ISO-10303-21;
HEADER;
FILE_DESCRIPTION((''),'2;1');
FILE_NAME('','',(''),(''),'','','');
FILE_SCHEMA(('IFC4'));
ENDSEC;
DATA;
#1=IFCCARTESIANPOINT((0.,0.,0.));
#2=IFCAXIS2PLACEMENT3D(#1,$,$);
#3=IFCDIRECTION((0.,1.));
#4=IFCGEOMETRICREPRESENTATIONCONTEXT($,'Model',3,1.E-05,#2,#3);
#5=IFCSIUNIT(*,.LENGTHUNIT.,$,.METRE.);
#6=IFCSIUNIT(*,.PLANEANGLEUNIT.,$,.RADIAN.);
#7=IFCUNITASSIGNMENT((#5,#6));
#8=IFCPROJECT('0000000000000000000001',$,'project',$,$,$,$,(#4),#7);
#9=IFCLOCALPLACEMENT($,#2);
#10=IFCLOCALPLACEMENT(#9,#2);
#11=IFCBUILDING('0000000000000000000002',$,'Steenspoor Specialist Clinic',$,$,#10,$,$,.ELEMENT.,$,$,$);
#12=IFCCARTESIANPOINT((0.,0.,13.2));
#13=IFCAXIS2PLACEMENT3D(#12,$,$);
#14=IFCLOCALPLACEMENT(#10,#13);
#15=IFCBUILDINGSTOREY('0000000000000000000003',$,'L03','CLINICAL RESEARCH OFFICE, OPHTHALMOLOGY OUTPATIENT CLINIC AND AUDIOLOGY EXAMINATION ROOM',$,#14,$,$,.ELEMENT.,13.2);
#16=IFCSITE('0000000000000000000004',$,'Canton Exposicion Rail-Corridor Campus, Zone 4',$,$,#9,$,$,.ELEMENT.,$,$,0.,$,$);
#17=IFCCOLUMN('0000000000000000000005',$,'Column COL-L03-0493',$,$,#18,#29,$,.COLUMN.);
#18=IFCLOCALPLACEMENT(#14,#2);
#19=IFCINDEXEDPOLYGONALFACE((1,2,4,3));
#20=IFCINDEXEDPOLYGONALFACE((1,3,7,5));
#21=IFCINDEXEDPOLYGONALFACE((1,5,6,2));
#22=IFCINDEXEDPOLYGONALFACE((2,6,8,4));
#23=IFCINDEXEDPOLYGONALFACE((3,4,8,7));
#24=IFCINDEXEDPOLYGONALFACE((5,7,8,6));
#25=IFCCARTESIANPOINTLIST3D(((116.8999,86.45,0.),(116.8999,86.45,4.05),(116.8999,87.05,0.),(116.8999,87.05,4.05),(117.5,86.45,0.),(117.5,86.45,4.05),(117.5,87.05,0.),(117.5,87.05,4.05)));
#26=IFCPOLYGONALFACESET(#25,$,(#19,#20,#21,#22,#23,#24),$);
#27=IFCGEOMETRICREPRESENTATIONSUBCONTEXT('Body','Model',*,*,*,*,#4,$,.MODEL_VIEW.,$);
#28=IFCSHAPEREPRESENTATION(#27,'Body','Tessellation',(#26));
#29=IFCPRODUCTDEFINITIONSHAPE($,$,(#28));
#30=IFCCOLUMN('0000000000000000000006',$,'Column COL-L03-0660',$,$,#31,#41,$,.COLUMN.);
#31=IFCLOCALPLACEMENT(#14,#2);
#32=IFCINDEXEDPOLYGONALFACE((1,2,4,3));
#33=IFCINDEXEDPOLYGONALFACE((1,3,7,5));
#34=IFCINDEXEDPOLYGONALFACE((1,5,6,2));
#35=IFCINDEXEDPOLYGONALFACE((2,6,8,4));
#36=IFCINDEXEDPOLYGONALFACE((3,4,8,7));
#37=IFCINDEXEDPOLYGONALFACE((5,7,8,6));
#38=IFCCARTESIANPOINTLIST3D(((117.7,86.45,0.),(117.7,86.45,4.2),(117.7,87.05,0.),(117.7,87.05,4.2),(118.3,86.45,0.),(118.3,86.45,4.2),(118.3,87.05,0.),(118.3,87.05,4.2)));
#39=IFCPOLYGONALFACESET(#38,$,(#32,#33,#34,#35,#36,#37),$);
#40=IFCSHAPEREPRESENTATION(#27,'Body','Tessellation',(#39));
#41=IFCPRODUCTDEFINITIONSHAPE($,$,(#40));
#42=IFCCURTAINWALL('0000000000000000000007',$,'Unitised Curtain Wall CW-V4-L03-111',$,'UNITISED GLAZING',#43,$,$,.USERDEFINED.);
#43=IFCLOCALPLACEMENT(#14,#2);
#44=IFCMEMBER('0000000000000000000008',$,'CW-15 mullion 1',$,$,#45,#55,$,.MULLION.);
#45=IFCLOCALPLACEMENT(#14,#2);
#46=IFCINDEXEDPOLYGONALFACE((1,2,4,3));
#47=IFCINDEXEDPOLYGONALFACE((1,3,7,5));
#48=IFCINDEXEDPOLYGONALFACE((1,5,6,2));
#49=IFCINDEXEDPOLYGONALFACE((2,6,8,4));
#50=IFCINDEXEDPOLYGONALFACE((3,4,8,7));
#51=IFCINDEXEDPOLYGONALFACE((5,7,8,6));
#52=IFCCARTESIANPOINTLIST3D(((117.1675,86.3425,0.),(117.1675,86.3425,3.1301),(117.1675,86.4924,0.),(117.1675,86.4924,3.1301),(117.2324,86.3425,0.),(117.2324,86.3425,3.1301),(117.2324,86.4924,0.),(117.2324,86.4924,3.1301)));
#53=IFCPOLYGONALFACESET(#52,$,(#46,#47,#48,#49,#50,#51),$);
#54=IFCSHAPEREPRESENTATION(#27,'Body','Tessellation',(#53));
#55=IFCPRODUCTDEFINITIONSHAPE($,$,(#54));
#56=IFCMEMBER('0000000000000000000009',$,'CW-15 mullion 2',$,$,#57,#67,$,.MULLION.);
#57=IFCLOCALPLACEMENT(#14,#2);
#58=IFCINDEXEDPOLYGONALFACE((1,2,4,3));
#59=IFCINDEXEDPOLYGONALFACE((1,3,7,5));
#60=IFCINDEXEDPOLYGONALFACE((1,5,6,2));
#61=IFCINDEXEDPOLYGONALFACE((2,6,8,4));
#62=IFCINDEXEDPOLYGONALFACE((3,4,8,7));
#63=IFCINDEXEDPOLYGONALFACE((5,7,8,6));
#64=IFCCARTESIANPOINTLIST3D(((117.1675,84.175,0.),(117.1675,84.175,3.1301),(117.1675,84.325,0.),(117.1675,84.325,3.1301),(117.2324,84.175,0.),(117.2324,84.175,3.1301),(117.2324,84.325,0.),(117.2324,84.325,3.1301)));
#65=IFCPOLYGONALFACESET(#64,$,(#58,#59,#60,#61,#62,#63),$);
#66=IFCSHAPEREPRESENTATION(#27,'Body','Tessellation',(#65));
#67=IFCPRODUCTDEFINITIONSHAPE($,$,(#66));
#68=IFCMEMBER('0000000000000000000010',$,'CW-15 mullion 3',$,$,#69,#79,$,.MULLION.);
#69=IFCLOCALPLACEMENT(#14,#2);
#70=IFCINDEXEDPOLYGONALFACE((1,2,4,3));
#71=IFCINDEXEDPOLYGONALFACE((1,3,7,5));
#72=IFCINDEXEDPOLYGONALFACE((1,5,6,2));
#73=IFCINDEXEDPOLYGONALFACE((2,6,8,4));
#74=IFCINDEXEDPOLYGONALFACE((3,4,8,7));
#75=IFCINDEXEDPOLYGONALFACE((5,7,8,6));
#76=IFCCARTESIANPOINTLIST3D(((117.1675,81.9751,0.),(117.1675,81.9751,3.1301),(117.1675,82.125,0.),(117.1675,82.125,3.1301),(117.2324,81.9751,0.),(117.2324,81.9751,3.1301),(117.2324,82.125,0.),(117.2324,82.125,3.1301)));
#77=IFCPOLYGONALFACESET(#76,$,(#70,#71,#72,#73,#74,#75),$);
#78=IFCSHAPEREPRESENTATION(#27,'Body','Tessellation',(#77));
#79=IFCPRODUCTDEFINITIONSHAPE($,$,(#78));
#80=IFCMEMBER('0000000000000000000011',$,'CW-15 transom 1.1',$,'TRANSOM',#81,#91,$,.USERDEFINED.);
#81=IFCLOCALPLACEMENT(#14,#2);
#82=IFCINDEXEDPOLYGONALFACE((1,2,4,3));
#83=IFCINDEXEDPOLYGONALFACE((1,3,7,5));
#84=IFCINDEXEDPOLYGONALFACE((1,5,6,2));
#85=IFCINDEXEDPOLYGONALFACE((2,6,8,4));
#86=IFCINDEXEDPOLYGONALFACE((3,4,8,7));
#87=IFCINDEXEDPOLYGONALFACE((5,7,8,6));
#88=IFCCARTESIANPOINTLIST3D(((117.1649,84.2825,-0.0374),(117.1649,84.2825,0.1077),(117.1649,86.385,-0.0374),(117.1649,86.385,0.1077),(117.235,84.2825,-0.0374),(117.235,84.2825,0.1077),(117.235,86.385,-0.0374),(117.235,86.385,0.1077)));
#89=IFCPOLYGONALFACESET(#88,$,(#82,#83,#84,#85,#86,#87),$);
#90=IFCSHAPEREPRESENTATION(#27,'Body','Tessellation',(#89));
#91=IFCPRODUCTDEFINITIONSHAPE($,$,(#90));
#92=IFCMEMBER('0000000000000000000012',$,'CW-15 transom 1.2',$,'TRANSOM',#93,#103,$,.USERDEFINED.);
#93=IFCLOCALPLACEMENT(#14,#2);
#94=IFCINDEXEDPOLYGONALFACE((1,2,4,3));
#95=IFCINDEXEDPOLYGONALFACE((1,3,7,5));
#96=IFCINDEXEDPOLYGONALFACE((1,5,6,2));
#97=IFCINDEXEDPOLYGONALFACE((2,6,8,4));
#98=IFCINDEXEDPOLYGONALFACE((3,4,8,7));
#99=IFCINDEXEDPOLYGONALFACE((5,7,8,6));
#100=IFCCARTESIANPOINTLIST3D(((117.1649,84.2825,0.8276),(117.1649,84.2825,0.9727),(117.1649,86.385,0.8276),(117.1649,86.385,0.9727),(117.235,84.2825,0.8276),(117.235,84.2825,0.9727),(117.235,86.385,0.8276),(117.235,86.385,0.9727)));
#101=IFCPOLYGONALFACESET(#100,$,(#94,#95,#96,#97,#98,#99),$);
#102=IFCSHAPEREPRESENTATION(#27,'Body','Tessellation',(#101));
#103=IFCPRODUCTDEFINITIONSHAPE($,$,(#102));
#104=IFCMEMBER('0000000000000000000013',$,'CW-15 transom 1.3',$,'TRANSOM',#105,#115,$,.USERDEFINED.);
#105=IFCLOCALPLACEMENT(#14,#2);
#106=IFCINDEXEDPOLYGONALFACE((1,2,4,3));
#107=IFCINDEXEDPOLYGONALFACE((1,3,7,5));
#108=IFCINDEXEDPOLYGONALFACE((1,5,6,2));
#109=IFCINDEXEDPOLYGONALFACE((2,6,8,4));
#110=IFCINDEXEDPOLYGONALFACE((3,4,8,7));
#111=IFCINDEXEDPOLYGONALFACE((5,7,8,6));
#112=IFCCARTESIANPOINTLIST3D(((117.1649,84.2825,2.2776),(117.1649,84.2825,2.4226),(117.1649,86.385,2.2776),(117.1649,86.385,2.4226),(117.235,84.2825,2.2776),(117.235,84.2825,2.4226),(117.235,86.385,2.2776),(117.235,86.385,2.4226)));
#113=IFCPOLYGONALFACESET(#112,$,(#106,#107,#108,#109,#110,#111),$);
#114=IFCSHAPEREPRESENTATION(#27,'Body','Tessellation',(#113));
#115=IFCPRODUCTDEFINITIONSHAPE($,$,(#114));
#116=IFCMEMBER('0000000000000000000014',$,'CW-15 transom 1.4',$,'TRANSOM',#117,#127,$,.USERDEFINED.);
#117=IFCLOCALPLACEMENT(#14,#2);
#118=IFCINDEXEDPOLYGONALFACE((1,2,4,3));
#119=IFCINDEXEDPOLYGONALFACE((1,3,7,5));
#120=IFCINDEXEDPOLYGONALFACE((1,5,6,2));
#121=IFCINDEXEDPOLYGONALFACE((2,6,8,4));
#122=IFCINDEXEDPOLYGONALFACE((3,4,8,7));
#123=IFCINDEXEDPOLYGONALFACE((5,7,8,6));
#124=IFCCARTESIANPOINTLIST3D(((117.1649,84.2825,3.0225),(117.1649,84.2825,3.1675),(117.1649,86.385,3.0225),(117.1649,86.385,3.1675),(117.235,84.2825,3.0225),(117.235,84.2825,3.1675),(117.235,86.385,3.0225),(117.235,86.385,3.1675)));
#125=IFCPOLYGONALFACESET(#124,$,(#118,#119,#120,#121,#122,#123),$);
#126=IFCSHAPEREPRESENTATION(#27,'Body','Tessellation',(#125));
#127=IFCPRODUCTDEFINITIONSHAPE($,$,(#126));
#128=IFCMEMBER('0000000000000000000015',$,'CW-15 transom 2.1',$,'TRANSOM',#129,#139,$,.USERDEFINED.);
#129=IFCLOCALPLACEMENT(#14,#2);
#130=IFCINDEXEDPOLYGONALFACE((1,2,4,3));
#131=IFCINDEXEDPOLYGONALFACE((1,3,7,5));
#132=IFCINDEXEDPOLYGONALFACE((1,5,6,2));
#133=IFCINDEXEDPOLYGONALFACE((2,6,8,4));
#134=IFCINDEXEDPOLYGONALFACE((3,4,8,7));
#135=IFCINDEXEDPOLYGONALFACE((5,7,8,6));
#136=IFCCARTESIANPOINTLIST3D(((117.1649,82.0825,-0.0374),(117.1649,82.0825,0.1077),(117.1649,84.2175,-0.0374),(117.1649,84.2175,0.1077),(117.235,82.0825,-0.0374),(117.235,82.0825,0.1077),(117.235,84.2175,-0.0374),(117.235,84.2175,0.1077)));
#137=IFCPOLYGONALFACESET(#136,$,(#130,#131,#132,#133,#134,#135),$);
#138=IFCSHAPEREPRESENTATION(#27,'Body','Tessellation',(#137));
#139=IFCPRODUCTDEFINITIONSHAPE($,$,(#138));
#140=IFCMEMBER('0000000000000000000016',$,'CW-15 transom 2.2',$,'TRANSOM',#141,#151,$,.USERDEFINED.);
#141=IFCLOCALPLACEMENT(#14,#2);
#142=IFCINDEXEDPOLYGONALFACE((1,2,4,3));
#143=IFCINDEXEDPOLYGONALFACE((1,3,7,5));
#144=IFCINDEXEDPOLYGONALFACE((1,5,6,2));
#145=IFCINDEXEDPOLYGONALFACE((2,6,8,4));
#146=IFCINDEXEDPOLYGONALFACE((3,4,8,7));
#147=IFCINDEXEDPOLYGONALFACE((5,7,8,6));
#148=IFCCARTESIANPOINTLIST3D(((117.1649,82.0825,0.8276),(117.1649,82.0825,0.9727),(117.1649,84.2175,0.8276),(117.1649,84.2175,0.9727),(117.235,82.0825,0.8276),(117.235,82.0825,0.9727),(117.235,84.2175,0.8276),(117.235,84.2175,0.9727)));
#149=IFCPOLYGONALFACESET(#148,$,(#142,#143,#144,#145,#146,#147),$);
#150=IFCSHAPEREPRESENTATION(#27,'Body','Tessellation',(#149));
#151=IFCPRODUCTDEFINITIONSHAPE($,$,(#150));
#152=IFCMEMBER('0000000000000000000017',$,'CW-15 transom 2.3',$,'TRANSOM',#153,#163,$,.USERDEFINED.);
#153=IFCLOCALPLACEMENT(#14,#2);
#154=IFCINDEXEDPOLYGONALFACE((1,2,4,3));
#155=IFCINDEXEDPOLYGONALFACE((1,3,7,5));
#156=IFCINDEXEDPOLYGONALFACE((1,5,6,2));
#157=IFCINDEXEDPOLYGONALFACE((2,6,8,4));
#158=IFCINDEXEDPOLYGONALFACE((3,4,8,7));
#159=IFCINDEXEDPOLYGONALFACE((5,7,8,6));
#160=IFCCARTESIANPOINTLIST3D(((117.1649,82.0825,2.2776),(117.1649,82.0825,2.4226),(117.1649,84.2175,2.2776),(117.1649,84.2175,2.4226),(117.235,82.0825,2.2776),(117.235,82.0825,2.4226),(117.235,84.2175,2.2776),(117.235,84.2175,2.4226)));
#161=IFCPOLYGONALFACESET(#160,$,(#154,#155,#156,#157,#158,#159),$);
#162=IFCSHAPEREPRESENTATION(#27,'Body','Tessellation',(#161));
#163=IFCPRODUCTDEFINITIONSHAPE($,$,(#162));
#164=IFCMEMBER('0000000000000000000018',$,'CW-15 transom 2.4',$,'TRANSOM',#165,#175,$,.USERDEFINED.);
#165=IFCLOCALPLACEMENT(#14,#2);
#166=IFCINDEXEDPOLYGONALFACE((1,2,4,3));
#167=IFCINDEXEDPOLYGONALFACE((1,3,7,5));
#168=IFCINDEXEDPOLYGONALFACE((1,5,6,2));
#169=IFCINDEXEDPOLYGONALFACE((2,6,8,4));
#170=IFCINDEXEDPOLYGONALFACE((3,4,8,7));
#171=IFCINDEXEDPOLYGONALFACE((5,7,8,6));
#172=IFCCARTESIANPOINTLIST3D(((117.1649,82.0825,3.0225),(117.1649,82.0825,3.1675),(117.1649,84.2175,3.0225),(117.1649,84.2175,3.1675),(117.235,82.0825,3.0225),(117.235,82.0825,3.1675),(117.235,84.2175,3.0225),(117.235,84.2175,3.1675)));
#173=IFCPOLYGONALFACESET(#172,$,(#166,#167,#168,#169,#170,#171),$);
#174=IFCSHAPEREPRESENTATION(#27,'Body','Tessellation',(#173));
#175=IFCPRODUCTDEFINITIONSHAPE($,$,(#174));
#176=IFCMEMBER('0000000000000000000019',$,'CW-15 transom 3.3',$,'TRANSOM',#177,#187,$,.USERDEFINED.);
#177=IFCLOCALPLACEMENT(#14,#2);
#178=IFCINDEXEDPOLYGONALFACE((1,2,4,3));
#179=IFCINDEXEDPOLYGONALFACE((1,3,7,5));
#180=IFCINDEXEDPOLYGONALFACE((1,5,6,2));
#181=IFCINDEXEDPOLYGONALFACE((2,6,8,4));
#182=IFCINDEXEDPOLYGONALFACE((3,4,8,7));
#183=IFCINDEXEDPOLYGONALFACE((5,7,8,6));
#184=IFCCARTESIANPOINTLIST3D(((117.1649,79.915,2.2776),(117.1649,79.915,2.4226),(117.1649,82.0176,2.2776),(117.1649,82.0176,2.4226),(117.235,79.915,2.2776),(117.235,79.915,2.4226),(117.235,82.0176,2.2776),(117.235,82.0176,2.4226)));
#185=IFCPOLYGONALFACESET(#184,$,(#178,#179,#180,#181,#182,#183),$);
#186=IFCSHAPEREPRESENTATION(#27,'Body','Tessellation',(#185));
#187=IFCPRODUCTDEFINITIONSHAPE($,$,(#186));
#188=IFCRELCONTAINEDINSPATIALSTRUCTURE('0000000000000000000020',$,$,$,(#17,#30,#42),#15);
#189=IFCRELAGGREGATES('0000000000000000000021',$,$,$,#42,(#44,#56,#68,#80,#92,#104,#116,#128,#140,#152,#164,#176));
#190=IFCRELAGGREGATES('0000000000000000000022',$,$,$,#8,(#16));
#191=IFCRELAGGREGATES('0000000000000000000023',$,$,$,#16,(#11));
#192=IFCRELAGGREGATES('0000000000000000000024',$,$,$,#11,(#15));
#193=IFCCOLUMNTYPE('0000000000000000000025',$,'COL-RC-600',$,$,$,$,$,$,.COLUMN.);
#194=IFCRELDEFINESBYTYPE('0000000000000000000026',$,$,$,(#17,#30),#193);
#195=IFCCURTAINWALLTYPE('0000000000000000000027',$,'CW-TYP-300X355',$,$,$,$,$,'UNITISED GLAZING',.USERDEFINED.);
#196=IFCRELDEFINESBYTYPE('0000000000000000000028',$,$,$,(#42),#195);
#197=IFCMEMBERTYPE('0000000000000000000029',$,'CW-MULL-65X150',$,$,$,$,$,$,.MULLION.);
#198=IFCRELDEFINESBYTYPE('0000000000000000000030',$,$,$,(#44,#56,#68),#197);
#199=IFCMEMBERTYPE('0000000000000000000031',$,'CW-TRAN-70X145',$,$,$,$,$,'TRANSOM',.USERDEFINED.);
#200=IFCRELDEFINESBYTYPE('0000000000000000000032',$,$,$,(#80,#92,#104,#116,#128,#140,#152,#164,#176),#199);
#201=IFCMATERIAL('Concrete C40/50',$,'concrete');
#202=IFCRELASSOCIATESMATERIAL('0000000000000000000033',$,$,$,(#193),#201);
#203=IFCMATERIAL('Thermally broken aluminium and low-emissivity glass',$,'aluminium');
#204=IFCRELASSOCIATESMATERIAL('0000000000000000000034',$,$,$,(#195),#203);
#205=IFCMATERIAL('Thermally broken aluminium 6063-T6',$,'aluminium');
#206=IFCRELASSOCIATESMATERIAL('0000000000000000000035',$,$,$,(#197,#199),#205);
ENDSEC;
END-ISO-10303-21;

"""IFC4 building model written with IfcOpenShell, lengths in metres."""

from ifc_helpers import new_model, si_unit, direction, frame, origin, origin_2d, place, context, subcontext, project, spatial, rectangle, extrude, material, material_profile, profile_set, type_object, element, aggregate, save


model = new_model("IFC4")

# Units and contexts
model_context = context("Model", 3, precision=1e-05, world=origin(), true_north=direction((0.0, 1.0)))
body_context = subcontext(model_context, "Body", "Model", "MODEL_VIEW")
ifc_project = project(units=[si_unit("LENGTHUNIT", "METRE"), si_unit("PLANEANGLEUNIT", "RADIAN")], contexts=[model_context])

# Site, building, storey
site_placement = place(None, origin())
site = spatial("IfcSite", under=ifc_project, at=site_placement, Name="Canton Exposicion Rail-Corridor Campus, Zone 4", CompositionType="ELEMENT", RefElevation=0.0)
building_placement = place(site_placement, origin())
building = spatial("IfcBuilding", under=site, at=building_placement, Name="Steenspoor Specialist Clinic", CompositionType="ELEMENT")
storey_placement = place(building_placement, frame((0.0, 0.0, 13.2)))
storey = spatial("IfcBuildingStorey", under=building, at=storey_placement, Name="L03", Description="CLINICAL RESEARCH OFFICE, OPHTHALMOLOGY OUTPATIENT CLINIC AND AUDIOLOGY EXAMINATION ROOM", CompositionType="ELEMENT", Elevation=13.2)

# Columns
ifc_material_1 = material(Name="Concrete C40/50", Category="concrete")
ifc_material_profile_1 = material_profile(ifc_material_1, rectangle(XDim=0.6001, YDim=0.6001, at=origin_2d()), Name="RC-COL-600X600")
ifc_profile_set_1 = profile_set([ifc_material_profile_1], Name="Concrete C40/50")
column_type = type_object("IfcColumnType", Name="COL-RC-600", PredefinedType="COLUMN", material=ifc_profile_set_1)
column_1_placement = place(storey_placement, frame((117.2, 86.75, 0.0), z_axis=(0.0, 0.0, 1.0), x_axis=(1.0, 0.0, 0.0)))
element("IfcColumn", 1, at=column_1_placement, inside=storey, type_object=column_type, Name="Column COL-L03-0493", PredefinedType="COLUMN", context=body_context, shape_type="SweptSolid", body=[
    extrude(rectangle(XDim=0.6001, YDim=0.6001, at=origin_2d()), origin(), (0.0, 0.0, 1.0), 4.05),
])
column_2_placement = place(storey_placement, frame((118.0, 86.75, 0.0), z_axis=(0.0, 0.0, 1.0), x_axis=(1.0, 0.0, 0.0)))
element("IfcColumn", 2, at=column_2_placement, inside=storey, type_object=column_type, Name="Column COL-L03-0660", PredefinedType="COLUMN", context=body_context, shape_type="SweptSolid", body=[
    extrude(rectangle(XDim=0.6001, YDim=0.6001, at=origin_2d()), origin(), (0.0, 0.0, 1.0), 4.2),
])

# Curtain wall, members
ifc_material_2 = material(Name="Thermally broken aluminium and low-emissivity glass", Category="aluminium")
curtain_wall_type = type_object("IfcCurtainWallType", Name="CW-TYP-300X355", ElementType="UNITISED GLAZING", PredefinedType="USERDEFINED", material=ifc_material_2)
curtain_wall_placement = place(storey_placement, origin())
curtain_wall = element("IfcCurtainWall", 3, at=curtain_wall_placement, inside=storey, type_object=curtain_wall_type, Name="Unitised Curtain Wall CW-V4-L03-111", ObjectType="UNITISED GLAZING", PredefinedType="USERDEFINED")
ifc_material_3 = material(Name="Thermally broken aluminium 6063-T6", Category="aluminium")
ifc_material_profile_2 = material_profile(ifc_material_3, rectangle(XDim=0.0649, YDim=0.1499, at=origin_2d()), Name="CWM-65X150")
ifc_profile_set_2 = profile_set([ifc_material_profile_2], Name="Thermally broken aluminium 6063-T6")
member_type_1 = type_object("IfcMemberType", Name="CW-MULL-65X150", PredefinedType="MULLION", material=ifc_profile_set_2)
member_1_placement = place(storey_placement, frame((117.2, 86.4175, 0.0), z_axis=(0.0, 0.0, 1.0), x_axis=(1.0, 0.0, 0.0)))
member_1 = element("IfcMember", 4, at=member_1_placement, type_object=member_type_1, Name="CW-15 mullion 1", PredefinedType="MULLION", context=body_context, shape_type="SweptSolid", body=[
    extrude(rectangle(XDim=0.0649, YDim=0.1499, at=origin_2d()), origin(), (0.0, 0.0, 1.0), 3.1301),
])
member_2_placement = place(storey_placement, frame((117.2, 84.25, 0.0), z_axis=(0.0, 0.0, 1.0), x_axis=(1.0, 0.0, 0.0)))
member_2 = element("IfcMember", 5, at=member_2_placement, type_object=member_type_1, Name="CW-15 mullion 2", PredefinedType="MULLION", context=body_context, shape_type="SweptSolid", body=[
    extrude(rectangle(XDim=0.0649, YDim=0.1499, at=origin_2d()), origin(), (0.0, 0.0, 1.0), 3.1301),
])
member_3_placement = place(storey_placement, frame((117.2, 82.05, 0.0), z_axis=(0.0, 0.0, 1.0), x_axis=(1.0, 0.0, 0.0)))
member_3 = element("IfcMember", 6, at=member_3_placement, type_object=member_type_1, Name="CW-15 mullion 3", PredefinedType="MULLION", context=body_context, shape_type="SweptSolid", body=[
    extrude(rectangle(XDim=0.0649, YDim=0.1499, at=origin_2d()), origin(), (0.0, 0.0, 1.0), 3.1301),
])
ifc_material_profile_3 = material_profile(ifc_material_3, rectangle(XDim=0.0701, YDim=0.145, at=origin_2d()), Name="CWT-70X145")
ifc_profile_set_3 = profile_set([ifc_material_profile_3], Name="Thermally broken aluminium 6063-T6")
member_type_2 = type_object("IfcMemberType", Name="CW-TRAN-70X145", ElementType="TRANSOM", PredefinedType="USERDEFINED", material=ifc_profile_set_3)
member_4_placement = place(storey_placement, frame((117.2, 86.385, 0.0352), z_axis=(0.0, -1.0, 0.0), x_axis=(1.0, 0.0, 0.0)))
member_4 = element("IfcMember", 7, at=member_4_placement, type_object=member_type_2, Name="CW-15 transom 1.1", ObjectType="TRANSOM", PredefinedType="USERDEFINED", context=body_context, shape_type="SweptSolid", body=[
    extrude(rectangle(XDim=0.0701, YDim=0.145, at=origin_2d()), origin(), (0.0, 0.0, 1.0), 2.1025),
])
member_5_placement = place(storey_placement, frame((117.2, 86.385, 0.9001), z_axis=(0.0, -1.0, 0.0), x_axis=(1.0, 0.0, 0.0)))
member_5 = element("IfcMember", 8, at=member_5_placement, type_object=member_type_2, Name="CW-15 transom 1.2", ObjectType="TRANSOM", PredefinedType="USERDEFINED", context=body_context, shape_type="SweptSolid", body=[
    extrude(rectangle(XDim=0.0701, YDim=0.145, at=origin_2d()), origin(), (0.0, 0.0, 1.0), 2.1025),
])
member_6_placement = place(storey_placement, frame((117.2, 86.385, 2.3501), z_axis=(0.0, -1.0, 0.0), x_axis=(1.0, 0.0, 0.0)))
member_6 = element("IfcMember", 9, at=member_6_placement, type_object=member_type_2, Name="CW-15 transom 1.3", ObjectType="TRANSOM", PredefinedType="USERDEFINED", context=body_context, shape_type="SweptSolid", body=[
    extrude(rectangle(XDim=0.0701, YDim=0.145, at=origin_2d()), origin(), (0.0, 0.0, 1.0), 2.1025),
])
member_7_placement = place(storey_placement, frame((117.2, 86.385, 3.095), z_axis=(0.0, -1.0, 0.0), x_axis=(1.0, 0.0, 0.0)))
member_7 = element("IfcMember", 10, at=member_7_placement, type_object=member_type_2, Name="CW-15 transom 1.4", ObjectType="TRANSOM", PredefinedType="USERDEFINED", context=body_context, shape_type="SweptSolid", body=[
    extrude(rectangle(XDim=0.0701, YDim=0.145, at=origin_2d()), origin(), (0.0, 0.0, 1.0), 2.1025),
])
member_8_placement = place(storey_placement, frame((117.2, 84.2175, 0.0352), z_axis=(0.0, -1.0, 0.0), x_axis=(1.0, 0.0, 0.0)))
member_8 = element("IfcMember", 11, at=member_8_placement, type_object=member_type_2, Name="CW-15 transom 2.1", ObjectType="TRANSOM", PredefinedType="USERDEFINED", context=body_context, shape_type="SweptSolid", body=[
    extrude(rectangle(XDim=0.0701, YDim=0.145, at=origin_2d()), origin(), (0.0, 0.0, 1.0), 2.135),
])
member_9_placement = place(storey_placement, frame((117.2, 84.2175, 0.9001), z_axis=(0.0, -1.0, 0.0), x_axis=(1.0, 0.0, 0.0)))
member_9 = element("IfcMember", 12, at=member_9_placement, type_object=member_type_2, Name="CW-15 transom 2.2", ObjectType="TRANSOM", PredefinedType="USERDEFINED", context=body_context, shape_type="SweptSolid", body=[
    extrude(rectangle(XDim=0.0701, YDim=0.145, at=origin_2d()), origin(), (0.0, 0.0, 1.0), 2.135),
])
member_10_placement = place(storey_placement, frame((117.2, 84.2175, 2.3501), z_axis=(0.0, -1.0, 0.0), x_axis=(1.0, 0.0, 0.0)))
member_10 = element("IfcMember", 13, at=member_10_placement, type_object=member_type_2, Name="CW-15 transom 2.3", ObjectType="TRANSOM", PredefinedType="USERDEFINED", context=body_context, shape_type="SweptSolid", body=[
    extrude(rectangle(XDim=0.0701, YDim=0.145, at=origin_2d()), origin(), (0.0, 0.0, 1.0), 2.135),
])
member_11_placement = place(storey_placement, frame((117.2, 84.2175, 3.095), z_axis=(0.0, -1.0, 0.0), x_axis=(1.0, 0.0, 0.0)))
member_11 = element("IfcMember", 14, at=member_11_placement, type_object=member_type_2, Name="CW-15 transom 2.4", ObjectType="TRANSOM", PredefinedType="USERDEFINED", context=body_context, shape_type="SweptSolid", body=[
    extrude(rectangle(XDim=0.0701, YDim=0.145, at=origin_2d()), origin(), (0.0, 0.0, 1.0), 2.135),
])
member_12_placement = place(storey_placement, frame((117.2, 82.0176, 2.3501), z_axis=(0.0, -1.0, 0.0), x_axis=(1.0, 0.0, 0.0)))
member_12 = element("IfcMember", 15, at=member_12_placement, type_object=member_type_2, Name="CW-15 transom 3.3", ObjectType="TRANSOM", PredefinedType="USERDEFINED", context=body_context, shape_type="SweptSolid", body=[
    extrude(rectangle(XDim=0.0701, YDim=0.145, at=origin_2d()), origin(), (0.0, 0.0, 1.0), 2.1025),
])

aggregate(curtain_wall, [member_1, member_2, member_3, member_4, member_5, member_6, member_7, member_8, member_9, member_10, member_11, member_12])

save(model, "model.ifc")
